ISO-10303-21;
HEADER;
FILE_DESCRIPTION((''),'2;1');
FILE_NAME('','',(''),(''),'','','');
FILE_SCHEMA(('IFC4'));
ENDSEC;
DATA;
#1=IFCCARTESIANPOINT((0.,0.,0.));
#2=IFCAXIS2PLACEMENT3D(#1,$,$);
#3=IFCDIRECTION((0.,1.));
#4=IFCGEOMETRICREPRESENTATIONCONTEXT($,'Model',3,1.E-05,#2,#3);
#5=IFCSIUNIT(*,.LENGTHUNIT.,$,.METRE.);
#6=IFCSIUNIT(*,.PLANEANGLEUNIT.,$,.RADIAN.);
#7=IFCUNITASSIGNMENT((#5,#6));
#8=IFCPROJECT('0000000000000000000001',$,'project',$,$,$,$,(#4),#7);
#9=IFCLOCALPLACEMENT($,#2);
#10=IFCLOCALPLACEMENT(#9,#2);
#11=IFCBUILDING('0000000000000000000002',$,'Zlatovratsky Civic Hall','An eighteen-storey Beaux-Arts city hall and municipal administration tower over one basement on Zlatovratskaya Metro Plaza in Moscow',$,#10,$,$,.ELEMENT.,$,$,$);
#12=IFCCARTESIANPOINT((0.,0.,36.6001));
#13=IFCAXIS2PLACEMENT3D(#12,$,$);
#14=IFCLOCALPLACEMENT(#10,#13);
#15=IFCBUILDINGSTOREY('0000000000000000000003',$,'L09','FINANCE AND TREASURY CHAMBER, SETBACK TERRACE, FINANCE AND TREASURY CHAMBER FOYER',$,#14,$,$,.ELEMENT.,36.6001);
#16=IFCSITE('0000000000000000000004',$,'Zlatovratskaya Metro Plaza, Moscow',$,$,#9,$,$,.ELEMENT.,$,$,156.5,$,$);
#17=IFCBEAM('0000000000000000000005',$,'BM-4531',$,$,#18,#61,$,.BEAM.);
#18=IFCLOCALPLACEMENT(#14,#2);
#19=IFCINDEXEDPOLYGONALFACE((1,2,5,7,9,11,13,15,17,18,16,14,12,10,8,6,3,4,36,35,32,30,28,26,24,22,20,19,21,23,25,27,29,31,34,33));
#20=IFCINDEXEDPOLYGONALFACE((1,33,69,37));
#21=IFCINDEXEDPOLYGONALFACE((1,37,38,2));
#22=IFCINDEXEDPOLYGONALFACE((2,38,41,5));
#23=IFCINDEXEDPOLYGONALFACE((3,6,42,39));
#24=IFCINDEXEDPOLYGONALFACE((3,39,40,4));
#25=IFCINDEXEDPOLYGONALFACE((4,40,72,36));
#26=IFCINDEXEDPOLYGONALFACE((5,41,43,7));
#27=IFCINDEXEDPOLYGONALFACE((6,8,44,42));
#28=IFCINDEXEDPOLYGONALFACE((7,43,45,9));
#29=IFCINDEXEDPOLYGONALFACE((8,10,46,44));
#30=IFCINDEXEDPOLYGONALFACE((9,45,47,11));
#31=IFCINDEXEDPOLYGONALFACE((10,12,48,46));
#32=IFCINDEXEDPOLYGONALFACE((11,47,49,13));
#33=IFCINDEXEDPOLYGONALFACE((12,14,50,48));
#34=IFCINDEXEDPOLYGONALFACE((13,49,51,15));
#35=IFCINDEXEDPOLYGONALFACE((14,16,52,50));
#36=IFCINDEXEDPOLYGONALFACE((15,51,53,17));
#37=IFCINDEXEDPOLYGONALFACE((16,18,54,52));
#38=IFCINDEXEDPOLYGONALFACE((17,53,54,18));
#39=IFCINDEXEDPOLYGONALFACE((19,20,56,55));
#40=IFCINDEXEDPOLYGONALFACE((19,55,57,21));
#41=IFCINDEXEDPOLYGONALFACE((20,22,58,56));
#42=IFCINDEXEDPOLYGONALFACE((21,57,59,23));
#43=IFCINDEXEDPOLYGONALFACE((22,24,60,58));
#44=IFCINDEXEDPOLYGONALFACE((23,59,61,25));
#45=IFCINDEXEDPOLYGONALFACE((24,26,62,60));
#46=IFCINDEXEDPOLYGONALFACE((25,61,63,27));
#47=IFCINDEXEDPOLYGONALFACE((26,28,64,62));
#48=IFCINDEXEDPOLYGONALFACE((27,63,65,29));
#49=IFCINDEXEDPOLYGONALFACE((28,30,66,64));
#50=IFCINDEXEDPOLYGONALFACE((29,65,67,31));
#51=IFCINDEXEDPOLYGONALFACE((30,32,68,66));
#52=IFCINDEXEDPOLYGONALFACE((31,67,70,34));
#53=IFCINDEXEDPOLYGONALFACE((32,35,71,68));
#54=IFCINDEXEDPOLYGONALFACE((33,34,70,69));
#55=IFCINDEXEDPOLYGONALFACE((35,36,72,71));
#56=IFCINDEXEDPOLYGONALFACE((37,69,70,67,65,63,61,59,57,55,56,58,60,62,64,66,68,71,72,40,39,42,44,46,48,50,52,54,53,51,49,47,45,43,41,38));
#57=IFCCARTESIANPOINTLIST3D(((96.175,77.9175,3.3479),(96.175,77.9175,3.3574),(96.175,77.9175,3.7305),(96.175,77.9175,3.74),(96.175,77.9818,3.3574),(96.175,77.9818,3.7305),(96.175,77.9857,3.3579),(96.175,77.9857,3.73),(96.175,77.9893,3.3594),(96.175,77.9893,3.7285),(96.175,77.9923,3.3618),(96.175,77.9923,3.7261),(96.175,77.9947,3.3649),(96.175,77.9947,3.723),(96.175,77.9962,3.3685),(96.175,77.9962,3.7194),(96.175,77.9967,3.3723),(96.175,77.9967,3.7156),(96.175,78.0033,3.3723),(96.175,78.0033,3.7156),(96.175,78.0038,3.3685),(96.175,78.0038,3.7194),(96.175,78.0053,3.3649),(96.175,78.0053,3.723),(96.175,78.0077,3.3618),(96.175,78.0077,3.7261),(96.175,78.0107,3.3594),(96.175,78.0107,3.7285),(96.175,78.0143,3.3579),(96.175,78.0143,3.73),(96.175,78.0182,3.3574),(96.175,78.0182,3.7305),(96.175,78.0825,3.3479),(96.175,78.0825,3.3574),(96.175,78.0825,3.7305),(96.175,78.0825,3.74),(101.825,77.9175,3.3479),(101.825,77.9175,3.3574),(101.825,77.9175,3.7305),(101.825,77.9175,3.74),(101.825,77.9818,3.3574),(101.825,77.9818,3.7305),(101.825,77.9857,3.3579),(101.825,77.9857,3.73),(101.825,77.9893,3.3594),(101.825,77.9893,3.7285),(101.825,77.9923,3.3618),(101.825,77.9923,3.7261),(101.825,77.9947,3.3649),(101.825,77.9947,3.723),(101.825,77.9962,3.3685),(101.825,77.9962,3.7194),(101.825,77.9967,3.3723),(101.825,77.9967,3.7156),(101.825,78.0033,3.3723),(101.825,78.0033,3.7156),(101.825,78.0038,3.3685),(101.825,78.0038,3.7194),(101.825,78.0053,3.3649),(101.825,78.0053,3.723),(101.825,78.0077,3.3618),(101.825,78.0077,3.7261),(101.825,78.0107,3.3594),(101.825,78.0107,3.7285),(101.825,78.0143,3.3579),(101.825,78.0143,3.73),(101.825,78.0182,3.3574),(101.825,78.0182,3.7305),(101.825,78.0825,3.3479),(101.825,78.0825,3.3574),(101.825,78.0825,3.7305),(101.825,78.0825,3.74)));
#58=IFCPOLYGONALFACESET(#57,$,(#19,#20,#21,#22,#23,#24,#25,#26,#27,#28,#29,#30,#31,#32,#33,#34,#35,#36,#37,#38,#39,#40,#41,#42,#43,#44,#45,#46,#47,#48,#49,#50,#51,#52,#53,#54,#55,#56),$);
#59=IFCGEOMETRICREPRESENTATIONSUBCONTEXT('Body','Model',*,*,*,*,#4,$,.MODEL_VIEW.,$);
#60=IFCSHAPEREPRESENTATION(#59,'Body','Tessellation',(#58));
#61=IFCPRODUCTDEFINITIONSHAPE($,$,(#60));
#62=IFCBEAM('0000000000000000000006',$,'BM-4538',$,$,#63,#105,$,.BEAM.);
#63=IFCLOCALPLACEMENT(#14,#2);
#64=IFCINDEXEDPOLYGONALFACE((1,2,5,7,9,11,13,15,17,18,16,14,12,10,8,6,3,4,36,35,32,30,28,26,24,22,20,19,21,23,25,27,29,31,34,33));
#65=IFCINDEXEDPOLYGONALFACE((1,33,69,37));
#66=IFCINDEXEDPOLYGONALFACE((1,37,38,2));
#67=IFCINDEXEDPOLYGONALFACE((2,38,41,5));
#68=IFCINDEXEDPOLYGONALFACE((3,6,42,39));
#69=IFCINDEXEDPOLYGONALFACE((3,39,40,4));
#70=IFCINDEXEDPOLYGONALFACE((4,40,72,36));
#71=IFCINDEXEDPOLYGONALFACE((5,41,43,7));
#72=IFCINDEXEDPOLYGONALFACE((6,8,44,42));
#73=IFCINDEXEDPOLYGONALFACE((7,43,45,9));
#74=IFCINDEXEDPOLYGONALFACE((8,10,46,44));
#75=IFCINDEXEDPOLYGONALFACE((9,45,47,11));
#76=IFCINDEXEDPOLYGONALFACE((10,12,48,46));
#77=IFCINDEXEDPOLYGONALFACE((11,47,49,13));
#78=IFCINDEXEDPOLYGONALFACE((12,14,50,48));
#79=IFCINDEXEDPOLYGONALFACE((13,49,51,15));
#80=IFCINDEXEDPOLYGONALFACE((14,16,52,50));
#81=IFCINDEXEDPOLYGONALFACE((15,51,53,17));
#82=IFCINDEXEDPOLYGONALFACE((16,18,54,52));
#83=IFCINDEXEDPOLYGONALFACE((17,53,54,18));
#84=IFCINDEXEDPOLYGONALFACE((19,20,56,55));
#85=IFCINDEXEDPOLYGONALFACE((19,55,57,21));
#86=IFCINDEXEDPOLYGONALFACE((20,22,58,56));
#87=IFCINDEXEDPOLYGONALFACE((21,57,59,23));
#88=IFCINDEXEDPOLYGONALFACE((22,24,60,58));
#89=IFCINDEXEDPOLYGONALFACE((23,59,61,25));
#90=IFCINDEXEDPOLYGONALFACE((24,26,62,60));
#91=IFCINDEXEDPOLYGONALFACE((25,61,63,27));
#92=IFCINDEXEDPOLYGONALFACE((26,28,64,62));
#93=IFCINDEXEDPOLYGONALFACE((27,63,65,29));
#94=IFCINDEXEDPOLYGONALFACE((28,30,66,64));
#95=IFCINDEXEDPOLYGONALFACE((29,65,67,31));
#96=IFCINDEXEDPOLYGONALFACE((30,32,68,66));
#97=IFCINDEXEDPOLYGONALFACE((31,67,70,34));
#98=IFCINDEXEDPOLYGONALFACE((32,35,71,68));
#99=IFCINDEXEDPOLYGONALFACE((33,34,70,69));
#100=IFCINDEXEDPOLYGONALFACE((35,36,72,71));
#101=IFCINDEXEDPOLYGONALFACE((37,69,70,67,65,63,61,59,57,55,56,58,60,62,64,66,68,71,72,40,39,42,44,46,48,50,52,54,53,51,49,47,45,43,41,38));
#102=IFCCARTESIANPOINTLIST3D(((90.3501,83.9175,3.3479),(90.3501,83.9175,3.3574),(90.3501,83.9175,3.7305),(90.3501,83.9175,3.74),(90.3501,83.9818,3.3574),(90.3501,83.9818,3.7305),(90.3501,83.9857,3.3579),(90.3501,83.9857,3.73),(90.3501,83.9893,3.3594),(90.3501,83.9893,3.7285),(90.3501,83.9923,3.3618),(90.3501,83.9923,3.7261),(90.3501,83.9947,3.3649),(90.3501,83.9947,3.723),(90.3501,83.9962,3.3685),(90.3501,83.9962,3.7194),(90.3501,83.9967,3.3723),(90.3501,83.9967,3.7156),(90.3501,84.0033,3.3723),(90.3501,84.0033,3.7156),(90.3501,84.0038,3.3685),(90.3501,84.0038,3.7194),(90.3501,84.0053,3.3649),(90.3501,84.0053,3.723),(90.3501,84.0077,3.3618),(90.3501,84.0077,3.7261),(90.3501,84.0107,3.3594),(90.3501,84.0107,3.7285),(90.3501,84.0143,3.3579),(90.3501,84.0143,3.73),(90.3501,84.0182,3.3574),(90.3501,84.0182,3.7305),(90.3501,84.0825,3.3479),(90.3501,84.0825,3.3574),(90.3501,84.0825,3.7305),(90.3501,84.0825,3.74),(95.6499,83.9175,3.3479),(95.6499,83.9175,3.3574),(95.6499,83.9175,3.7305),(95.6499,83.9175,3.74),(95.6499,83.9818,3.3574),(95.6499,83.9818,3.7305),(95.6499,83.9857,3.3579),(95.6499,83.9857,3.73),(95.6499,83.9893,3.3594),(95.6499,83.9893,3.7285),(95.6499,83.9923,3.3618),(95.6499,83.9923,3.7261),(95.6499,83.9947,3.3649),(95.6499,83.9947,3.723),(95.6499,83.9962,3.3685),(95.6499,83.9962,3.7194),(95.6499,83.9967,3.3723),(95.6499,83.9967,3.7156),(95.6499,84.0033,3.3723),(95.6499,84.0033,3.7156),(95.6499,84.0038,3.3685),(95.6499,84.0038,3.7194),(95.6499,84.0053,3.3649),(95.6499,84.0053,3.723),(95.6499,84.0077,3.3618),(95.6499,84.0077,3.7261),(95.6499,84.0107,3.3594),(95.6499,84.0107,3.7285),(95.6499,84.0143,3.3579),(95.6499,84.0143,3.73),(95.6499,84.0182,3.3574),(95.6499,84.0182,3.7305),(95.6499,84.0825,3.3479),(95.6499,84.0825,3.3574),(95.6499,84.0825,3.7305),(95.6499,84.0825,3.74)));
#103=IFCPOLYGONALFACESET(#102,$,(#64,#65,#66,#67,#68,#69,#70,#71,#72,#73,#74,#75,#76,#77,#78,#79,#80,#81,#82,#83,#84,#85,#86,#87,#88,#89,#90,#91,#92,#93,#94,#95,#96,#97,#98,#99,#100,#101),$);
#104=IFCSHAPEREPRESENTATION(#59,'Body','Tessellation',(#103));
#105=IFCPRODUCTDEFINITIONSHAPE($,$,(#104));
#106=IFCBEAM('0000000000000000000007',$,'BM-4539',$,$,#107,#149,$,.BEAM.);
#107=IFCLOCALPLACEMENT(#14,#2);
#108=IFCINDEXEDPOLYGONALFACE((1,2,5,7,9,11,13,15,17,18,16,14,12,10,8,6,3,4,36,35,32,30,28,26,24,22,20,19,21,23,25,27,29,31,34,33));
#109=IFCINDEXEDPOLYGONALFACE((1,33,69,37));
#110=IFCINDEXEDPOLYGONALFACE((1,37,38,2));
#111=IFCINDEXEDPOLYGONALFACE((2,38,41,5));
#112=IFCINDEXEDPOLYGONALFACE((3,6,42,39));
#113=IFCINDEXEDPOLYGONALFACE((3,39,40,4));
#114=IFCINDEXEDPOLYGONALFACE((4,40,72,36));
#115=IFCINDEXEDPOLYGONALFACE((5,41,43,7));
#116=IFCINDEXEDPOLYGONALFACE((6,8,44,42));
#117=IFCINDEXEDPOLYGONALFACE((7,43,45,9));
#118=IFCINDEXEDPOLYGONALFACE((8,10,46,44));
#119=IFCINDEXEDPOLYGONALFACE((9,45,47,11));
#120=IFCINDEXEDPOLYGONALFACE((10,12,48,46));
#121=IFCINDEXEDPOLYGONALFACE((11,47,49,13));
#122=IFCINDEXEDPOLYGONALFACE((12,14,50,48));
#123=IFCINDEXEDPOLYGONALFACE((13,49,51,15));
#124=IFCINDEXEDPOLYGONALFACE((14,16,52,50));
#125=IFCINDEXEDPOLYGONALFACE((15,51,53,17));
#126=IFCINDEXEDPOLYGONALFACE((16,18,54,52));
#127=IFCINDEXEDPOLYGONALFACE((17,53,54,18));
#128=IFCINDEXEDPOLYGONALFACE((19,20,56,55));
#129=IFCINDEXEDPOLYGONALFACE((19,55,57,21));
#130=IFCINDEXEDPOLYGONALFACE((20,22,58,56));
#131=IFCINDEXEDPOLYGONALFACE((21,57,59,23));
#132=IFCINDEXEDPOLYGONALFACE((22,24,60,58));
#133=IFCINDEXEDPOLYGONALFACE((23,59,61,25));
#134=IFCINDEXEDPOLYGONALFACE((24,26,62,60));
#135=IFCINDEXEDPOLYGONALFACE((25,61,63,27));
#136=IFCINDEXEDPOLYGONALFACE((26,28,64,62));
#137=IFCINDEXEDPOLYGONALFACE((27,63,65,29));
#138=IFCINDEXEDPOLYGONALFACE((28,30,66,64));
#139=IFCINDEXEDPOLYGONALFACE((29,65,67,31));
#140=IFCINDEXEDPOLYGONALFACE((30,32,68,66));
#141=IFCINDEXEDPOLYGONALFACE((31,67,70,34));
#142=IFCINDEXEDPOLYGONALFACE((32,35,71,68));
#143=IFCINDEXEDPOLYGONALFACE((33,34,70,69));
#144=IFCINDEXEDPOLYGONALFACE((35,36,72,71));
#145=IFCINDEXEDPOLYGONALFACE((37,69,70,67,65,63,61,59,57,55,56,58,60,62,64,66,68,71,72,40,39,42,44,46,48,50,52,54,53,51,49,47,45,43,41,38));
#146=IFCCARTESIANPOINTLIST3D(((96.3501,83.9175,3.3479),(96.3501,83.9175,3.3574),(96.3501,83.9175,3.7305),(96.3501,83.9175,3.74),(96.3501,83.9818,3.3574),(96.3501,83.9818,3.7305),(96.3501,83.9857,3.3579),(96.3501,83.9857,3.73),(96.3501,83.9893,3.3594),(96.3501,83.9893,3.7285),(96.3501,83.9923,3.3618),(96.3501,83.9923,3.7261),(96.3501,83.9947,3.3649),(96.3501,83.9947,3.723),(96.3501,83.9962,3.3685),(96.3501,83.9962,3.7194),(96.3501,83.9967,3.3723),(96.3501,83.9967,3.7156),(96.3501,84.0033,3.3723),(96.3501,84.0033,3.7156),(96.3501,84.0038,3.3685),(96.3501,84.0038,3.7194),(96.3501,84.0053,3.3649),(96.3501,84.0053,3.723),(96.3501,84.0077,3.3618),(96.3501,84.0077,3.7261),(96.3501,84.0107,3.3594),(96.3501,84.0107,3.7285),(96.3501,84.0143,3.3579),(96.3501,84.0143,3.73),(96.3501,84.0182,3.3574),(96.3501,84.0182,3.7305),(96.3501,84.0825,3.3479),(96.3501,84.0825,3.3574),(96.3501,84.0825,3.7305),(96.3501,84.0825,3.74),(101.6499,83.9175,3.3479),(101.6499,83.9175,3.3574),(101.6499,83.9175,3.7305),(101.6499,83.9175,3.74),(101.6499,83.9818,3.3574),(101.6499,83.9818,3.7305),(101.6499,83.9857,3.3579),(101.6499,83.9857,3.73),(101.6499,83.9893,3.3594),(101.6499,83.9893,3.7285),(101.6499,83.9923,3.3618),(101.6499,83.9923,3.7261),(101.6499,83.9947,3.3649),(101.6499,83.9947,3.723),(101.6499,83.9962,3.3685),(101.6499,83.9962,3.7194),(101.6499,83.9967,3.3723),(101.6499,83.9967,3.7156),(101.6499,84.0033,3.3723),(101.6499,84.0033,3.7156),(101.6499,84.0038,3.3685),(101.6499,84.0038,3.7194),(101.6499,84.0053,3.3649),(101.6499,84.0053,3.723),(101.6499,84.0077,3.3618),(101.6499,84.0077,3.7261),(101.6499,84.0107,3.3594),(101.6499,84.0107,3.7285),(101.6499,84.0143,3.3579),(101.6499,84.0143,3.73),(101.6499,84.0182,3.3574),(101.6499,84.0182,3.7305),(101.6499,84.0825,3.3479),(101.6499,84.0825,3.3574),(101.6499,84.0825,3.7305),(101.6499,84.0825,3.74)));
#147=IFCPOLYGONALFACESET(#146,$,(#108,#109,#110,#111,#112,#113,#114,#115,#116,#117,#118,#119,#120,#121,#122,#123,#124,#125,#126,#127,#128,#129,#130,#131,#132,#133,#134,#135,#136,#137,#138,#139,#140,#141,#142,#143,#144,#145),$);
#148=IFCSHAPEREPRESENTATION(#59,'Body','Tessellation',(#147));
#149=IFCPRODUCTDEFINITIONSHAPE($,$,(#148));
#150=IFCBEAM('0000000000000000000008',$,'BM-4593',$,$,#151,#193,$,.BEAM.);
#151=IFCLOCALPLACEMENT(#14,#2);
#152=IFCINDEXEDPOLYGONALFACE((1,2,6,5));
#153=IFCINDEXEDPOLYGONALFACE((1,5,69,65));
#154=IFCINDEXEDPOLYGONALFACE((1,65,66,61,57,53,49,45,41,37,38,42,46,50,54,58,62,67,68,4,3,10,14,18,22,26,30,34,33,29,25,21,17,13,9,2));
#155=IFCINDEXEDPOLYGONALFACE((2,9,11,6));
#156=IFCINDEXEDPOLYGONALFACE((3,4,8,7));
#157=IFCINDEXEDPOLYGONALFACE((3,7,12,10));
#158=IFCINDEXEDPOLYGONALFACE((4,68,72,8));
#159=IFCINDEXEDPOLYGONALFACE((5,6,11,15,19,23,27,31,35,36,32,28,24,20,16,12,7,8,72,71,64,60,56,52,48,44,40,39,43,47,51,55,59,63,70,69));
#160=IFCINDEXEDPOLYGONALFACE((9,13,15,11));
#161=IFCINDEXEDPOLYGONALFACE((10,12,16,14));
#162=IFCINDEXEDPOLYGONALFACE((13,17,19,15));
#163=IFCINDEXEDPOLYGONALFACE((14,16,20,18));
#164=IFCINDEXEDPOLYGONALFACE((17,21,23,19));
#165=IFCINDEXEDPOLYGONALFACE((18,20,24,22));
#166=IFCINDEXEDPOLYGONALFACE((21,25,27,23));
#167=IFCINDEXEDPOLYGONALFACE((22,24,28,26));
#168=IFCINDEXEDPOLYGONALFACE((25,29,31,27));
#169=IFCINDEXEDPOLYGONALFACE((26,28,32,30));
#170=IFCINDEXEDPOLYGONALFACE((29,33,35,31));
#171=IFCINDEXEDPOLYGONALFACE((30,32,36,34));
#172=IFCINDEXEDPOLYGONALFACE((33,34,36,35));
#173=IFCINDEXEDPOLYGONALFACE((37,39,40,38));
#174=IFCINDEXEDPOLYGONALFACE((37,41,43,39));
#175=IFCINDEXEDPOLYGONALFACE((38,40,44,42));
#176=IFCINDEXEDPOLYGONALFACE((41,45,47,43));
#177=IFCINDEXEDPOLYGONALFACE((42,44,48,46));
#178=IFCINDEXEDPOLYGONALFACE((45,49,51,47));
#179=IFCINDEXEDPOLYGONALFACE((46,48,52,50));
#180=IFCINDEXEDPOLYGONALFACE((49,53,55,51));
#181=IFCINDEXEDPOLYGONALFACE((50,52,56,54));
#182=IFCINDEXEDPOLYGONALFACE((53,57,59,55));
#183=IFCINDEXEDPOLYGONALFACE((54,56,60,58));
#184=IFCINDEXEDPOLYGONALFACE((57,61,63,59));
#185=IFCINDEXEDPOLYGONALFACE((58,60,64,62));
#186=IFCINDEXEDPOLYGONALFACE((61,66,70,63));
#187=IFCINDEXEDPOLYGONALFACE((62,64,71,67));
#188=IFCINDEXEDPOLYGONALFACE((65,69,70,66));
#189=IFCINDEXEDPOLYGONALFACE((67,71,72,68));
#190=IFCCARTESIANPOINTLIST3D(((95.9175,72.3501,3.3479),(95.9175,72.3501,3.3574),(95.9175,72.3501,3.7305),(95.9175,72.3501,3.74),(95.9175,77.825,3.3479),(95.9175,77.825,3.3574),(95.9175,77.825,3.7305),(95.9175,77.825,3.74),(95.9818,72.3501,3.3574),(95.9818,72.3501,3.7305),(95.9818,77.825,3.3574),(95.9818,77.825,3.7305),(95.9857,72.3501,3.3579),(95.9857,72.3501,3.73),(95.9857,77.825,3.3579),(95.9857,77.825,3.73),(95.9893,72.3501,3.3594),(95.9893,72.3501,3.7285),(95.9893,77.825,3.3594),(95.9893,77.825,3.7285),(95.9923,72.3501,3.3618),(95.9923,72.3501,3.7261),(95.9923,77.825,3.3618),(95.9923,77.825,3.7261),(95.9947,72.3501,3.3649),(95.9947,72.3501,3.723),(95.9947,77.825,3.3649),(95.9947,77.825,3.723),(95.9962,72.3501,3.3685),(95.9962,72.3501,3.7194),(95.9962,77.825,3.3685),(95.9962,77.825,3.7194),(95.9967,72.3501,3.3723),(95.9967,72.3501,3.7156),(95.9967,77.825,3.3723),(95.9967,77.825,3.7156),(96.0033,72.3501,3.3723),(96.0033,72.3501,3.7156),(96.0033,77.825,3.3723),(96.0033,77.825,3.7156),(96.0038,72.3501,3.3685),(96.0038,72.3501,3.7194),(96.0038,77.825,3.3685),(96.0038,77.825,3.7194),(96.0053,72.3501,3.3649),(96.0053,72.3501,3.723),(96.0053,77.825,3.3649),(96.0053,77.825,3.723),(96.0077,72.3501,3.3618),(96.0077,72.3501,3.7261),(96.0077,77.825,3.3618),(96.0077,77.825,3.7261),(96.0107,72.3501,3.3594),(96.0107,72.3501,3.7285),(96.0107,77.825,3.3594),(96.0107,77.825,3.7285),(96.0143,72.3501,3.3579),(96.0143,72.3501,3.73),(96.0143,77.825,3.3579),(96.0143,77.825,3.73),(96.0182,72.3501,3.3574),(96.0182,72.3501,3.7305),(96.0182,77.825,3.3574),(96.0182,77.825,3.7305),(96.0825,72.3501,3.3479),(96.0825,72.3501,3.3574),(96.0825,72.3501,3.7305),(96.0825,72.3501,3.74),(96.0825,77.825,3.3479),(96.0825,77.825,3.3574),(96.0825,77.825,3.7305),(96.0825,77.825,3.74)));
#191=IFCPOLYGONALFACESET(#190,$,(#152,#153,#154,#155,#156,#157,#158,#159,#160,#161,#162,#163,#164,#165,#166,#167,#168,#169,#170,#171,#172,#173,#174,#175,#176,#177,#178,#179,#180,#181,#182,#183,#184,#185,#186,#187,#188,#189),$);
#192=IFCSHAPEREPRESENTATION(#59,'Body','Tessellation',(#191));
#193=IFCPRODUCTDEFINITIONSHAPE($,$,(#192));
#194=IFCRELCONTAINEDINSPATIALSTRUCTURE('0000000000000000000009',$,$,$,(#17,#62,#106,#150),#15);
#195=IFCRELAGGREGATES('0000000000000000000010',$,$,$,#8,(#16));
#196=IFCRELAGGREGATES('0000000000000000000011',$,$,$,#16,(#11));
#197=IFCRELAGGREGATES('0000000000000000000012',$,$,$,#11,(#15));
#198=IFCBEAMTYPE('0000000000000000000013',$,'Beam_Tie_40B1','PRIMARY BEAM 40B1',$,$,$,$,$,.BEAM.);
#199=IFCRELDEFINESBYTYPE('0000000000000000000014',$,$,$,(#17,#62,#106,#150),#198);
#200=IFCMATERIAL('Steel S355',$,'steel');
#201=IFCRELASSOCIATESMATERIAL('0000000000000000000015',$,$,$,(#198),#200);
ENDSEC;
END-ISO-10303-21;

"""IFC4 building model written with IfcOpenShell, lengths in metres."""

from ifc_helpers import new_model, si_unit, direction, frame, origin, origin_2d, place, context, subcontext, project, spatial, i_section, extrude, material, material_profile, profile_set, type_object, element, save


model = new_model("IFC4")

# Units and contexts
model_context = context("Model", 3, precision=1e-05, world=origin(), true_north=direction((0.0, 1.0)))
body_context = subcontext(model_context, "Body", "Model", "MODEL_VIEW")
ifc_project = project(units=[si_unit("LENGTHUNIT", "METRE"), si_unit("PLANEANGLEUNIT", "RADIAN")], contexts=[model_context])

# Site, building, storey
site_placement = place(None, origin())
site = spatial("IfcSite", under=ifc_project, at=site_placement, Name="Zlatovratskaya Metro Plaza, Moscow", CompositionType="ELEMENT", RefElevation=156.5)
building_placement = place(site_placement, origin())
building = spatial("IfcBuilding", under=site, at=building_placement, Name="Zlatovratsky Civic Hall", Description="An eighteen-storey Beaux-Arts city hall and municipal administration tower over one basement on Zlatovratskaya Metro Plaza in Moscow", CompositionType="ELEMENT")
storey_placement = place(building_placement, frame((0.0, 0.0, 36.6001)))
storey = spatial("IfcBuildingStorey", under=building, at=storey_placement, Name="L09", Description="FINANCE AND TREASURY CHAMBER, SETBACK TERRACE, FINANCE AND TREASURY CHAMBER FOYER", CompositionType="ELEMENT", Elevation=36.6001)

# Shared definitions
ifc_material_1 = material(Name="Steel S355", Category="steel")

# Beams
ifc_material_profile_1 = material_profile(ifc_material_1, i_section(OverallWidth=0.165, OverallDepth=0.3921, WebThickness=0.0066, FlangeThickness=0.0095, FilletRadius=0.0149, at=origin_2d()), Name="40B1")
ifc_profile_set_1 = profile_set([ifc_material_profile_1], Name="Steel S355")
beam_type_1 = type_object("IfcBeamType", Name="Beam_Tie_40B1", Description="PRIMARY BEAM 40B1", PredefinedType="BEAM", material=ifc_profile_set_1)
beam_1_placement = place(storey_placement, frame((96.175, 78.0, 3.5439), z_axis=(1.0, 0.0, 0.0), x_axis=(0.0, 1.0, 0.0)))
element("IfcBeam", 1, at=beam_1_placement, inside=storey, type_object=beam_type_1, Name="BM-4531", PredefinedType="BEAM", context=body_context, shape_type="SweptSolid", body=[
    extrude(i_section(OverallWidth=0.165, OverallDepth=0.3921, WebThickness=0.0066, FlangeThickness=0.0095, FilletRadius=0.0149, at=origin_2d()), origin(), (0.0, 0.0, 1.0), 5.6499),
])
for number, where, z_axis, x_axis, name in (
    (2, (90.3501, 84.0, 3.5439), (1.0, 0.0, 0.0), (0.0, 1.0, 0.0), "BM-4538"),
    (3, (96.3501, 84.0, 3.5439), (1.0, 0.0, 0.0), (0.0, 1.0, 0.0), "BM-4539"),
):
    element("IfcBeam", number, at=place(storey_placement, frame(where, z_axis=z_axis, x_axis=x_axis)), inside=storey, type_object=beam_type_1, Name=name, PredefinedType="BEAM", context=body_context, shape_type="SweptSolid", body=[
        extrude(i_section(OverallWidth=0.165, OverallDepth=0.3921, WebThickness=0.0066, FlangeThickness=0.0095, FilletRadius=0.0149, at=origin_2d()), origin(), (0.0, 0.0, 1.0), 5.2998),
    ])
for number, where, z_axis, x_axis, name in (
    (4, (96.0, 72.3501, 3.5439), (0.0, 1.0, 0.0), (-1.0, 0.0, 0.0), "BM-4593"),
):
    element("IfcBeam", number, at=place(storey_placement, frame(where, z_axis=z_axis, x_axis=x_axis)), inside=storey, type_object=beam_type_1, Name=name, PredefinedType="BEAM", context=body_context, shape_type="SweptSolid", body=[
        extrude(i_section(OverallWidth=0.165, OverallDepth=0.3921, WebThickness=0.0066, FlangeThickness=0.0095, FilletRadius=0.0149, at=origin_2d()), origin(), (0.0, 0.0, 1.0), 5.4749),
    ])

save(model, "model.ifc")
